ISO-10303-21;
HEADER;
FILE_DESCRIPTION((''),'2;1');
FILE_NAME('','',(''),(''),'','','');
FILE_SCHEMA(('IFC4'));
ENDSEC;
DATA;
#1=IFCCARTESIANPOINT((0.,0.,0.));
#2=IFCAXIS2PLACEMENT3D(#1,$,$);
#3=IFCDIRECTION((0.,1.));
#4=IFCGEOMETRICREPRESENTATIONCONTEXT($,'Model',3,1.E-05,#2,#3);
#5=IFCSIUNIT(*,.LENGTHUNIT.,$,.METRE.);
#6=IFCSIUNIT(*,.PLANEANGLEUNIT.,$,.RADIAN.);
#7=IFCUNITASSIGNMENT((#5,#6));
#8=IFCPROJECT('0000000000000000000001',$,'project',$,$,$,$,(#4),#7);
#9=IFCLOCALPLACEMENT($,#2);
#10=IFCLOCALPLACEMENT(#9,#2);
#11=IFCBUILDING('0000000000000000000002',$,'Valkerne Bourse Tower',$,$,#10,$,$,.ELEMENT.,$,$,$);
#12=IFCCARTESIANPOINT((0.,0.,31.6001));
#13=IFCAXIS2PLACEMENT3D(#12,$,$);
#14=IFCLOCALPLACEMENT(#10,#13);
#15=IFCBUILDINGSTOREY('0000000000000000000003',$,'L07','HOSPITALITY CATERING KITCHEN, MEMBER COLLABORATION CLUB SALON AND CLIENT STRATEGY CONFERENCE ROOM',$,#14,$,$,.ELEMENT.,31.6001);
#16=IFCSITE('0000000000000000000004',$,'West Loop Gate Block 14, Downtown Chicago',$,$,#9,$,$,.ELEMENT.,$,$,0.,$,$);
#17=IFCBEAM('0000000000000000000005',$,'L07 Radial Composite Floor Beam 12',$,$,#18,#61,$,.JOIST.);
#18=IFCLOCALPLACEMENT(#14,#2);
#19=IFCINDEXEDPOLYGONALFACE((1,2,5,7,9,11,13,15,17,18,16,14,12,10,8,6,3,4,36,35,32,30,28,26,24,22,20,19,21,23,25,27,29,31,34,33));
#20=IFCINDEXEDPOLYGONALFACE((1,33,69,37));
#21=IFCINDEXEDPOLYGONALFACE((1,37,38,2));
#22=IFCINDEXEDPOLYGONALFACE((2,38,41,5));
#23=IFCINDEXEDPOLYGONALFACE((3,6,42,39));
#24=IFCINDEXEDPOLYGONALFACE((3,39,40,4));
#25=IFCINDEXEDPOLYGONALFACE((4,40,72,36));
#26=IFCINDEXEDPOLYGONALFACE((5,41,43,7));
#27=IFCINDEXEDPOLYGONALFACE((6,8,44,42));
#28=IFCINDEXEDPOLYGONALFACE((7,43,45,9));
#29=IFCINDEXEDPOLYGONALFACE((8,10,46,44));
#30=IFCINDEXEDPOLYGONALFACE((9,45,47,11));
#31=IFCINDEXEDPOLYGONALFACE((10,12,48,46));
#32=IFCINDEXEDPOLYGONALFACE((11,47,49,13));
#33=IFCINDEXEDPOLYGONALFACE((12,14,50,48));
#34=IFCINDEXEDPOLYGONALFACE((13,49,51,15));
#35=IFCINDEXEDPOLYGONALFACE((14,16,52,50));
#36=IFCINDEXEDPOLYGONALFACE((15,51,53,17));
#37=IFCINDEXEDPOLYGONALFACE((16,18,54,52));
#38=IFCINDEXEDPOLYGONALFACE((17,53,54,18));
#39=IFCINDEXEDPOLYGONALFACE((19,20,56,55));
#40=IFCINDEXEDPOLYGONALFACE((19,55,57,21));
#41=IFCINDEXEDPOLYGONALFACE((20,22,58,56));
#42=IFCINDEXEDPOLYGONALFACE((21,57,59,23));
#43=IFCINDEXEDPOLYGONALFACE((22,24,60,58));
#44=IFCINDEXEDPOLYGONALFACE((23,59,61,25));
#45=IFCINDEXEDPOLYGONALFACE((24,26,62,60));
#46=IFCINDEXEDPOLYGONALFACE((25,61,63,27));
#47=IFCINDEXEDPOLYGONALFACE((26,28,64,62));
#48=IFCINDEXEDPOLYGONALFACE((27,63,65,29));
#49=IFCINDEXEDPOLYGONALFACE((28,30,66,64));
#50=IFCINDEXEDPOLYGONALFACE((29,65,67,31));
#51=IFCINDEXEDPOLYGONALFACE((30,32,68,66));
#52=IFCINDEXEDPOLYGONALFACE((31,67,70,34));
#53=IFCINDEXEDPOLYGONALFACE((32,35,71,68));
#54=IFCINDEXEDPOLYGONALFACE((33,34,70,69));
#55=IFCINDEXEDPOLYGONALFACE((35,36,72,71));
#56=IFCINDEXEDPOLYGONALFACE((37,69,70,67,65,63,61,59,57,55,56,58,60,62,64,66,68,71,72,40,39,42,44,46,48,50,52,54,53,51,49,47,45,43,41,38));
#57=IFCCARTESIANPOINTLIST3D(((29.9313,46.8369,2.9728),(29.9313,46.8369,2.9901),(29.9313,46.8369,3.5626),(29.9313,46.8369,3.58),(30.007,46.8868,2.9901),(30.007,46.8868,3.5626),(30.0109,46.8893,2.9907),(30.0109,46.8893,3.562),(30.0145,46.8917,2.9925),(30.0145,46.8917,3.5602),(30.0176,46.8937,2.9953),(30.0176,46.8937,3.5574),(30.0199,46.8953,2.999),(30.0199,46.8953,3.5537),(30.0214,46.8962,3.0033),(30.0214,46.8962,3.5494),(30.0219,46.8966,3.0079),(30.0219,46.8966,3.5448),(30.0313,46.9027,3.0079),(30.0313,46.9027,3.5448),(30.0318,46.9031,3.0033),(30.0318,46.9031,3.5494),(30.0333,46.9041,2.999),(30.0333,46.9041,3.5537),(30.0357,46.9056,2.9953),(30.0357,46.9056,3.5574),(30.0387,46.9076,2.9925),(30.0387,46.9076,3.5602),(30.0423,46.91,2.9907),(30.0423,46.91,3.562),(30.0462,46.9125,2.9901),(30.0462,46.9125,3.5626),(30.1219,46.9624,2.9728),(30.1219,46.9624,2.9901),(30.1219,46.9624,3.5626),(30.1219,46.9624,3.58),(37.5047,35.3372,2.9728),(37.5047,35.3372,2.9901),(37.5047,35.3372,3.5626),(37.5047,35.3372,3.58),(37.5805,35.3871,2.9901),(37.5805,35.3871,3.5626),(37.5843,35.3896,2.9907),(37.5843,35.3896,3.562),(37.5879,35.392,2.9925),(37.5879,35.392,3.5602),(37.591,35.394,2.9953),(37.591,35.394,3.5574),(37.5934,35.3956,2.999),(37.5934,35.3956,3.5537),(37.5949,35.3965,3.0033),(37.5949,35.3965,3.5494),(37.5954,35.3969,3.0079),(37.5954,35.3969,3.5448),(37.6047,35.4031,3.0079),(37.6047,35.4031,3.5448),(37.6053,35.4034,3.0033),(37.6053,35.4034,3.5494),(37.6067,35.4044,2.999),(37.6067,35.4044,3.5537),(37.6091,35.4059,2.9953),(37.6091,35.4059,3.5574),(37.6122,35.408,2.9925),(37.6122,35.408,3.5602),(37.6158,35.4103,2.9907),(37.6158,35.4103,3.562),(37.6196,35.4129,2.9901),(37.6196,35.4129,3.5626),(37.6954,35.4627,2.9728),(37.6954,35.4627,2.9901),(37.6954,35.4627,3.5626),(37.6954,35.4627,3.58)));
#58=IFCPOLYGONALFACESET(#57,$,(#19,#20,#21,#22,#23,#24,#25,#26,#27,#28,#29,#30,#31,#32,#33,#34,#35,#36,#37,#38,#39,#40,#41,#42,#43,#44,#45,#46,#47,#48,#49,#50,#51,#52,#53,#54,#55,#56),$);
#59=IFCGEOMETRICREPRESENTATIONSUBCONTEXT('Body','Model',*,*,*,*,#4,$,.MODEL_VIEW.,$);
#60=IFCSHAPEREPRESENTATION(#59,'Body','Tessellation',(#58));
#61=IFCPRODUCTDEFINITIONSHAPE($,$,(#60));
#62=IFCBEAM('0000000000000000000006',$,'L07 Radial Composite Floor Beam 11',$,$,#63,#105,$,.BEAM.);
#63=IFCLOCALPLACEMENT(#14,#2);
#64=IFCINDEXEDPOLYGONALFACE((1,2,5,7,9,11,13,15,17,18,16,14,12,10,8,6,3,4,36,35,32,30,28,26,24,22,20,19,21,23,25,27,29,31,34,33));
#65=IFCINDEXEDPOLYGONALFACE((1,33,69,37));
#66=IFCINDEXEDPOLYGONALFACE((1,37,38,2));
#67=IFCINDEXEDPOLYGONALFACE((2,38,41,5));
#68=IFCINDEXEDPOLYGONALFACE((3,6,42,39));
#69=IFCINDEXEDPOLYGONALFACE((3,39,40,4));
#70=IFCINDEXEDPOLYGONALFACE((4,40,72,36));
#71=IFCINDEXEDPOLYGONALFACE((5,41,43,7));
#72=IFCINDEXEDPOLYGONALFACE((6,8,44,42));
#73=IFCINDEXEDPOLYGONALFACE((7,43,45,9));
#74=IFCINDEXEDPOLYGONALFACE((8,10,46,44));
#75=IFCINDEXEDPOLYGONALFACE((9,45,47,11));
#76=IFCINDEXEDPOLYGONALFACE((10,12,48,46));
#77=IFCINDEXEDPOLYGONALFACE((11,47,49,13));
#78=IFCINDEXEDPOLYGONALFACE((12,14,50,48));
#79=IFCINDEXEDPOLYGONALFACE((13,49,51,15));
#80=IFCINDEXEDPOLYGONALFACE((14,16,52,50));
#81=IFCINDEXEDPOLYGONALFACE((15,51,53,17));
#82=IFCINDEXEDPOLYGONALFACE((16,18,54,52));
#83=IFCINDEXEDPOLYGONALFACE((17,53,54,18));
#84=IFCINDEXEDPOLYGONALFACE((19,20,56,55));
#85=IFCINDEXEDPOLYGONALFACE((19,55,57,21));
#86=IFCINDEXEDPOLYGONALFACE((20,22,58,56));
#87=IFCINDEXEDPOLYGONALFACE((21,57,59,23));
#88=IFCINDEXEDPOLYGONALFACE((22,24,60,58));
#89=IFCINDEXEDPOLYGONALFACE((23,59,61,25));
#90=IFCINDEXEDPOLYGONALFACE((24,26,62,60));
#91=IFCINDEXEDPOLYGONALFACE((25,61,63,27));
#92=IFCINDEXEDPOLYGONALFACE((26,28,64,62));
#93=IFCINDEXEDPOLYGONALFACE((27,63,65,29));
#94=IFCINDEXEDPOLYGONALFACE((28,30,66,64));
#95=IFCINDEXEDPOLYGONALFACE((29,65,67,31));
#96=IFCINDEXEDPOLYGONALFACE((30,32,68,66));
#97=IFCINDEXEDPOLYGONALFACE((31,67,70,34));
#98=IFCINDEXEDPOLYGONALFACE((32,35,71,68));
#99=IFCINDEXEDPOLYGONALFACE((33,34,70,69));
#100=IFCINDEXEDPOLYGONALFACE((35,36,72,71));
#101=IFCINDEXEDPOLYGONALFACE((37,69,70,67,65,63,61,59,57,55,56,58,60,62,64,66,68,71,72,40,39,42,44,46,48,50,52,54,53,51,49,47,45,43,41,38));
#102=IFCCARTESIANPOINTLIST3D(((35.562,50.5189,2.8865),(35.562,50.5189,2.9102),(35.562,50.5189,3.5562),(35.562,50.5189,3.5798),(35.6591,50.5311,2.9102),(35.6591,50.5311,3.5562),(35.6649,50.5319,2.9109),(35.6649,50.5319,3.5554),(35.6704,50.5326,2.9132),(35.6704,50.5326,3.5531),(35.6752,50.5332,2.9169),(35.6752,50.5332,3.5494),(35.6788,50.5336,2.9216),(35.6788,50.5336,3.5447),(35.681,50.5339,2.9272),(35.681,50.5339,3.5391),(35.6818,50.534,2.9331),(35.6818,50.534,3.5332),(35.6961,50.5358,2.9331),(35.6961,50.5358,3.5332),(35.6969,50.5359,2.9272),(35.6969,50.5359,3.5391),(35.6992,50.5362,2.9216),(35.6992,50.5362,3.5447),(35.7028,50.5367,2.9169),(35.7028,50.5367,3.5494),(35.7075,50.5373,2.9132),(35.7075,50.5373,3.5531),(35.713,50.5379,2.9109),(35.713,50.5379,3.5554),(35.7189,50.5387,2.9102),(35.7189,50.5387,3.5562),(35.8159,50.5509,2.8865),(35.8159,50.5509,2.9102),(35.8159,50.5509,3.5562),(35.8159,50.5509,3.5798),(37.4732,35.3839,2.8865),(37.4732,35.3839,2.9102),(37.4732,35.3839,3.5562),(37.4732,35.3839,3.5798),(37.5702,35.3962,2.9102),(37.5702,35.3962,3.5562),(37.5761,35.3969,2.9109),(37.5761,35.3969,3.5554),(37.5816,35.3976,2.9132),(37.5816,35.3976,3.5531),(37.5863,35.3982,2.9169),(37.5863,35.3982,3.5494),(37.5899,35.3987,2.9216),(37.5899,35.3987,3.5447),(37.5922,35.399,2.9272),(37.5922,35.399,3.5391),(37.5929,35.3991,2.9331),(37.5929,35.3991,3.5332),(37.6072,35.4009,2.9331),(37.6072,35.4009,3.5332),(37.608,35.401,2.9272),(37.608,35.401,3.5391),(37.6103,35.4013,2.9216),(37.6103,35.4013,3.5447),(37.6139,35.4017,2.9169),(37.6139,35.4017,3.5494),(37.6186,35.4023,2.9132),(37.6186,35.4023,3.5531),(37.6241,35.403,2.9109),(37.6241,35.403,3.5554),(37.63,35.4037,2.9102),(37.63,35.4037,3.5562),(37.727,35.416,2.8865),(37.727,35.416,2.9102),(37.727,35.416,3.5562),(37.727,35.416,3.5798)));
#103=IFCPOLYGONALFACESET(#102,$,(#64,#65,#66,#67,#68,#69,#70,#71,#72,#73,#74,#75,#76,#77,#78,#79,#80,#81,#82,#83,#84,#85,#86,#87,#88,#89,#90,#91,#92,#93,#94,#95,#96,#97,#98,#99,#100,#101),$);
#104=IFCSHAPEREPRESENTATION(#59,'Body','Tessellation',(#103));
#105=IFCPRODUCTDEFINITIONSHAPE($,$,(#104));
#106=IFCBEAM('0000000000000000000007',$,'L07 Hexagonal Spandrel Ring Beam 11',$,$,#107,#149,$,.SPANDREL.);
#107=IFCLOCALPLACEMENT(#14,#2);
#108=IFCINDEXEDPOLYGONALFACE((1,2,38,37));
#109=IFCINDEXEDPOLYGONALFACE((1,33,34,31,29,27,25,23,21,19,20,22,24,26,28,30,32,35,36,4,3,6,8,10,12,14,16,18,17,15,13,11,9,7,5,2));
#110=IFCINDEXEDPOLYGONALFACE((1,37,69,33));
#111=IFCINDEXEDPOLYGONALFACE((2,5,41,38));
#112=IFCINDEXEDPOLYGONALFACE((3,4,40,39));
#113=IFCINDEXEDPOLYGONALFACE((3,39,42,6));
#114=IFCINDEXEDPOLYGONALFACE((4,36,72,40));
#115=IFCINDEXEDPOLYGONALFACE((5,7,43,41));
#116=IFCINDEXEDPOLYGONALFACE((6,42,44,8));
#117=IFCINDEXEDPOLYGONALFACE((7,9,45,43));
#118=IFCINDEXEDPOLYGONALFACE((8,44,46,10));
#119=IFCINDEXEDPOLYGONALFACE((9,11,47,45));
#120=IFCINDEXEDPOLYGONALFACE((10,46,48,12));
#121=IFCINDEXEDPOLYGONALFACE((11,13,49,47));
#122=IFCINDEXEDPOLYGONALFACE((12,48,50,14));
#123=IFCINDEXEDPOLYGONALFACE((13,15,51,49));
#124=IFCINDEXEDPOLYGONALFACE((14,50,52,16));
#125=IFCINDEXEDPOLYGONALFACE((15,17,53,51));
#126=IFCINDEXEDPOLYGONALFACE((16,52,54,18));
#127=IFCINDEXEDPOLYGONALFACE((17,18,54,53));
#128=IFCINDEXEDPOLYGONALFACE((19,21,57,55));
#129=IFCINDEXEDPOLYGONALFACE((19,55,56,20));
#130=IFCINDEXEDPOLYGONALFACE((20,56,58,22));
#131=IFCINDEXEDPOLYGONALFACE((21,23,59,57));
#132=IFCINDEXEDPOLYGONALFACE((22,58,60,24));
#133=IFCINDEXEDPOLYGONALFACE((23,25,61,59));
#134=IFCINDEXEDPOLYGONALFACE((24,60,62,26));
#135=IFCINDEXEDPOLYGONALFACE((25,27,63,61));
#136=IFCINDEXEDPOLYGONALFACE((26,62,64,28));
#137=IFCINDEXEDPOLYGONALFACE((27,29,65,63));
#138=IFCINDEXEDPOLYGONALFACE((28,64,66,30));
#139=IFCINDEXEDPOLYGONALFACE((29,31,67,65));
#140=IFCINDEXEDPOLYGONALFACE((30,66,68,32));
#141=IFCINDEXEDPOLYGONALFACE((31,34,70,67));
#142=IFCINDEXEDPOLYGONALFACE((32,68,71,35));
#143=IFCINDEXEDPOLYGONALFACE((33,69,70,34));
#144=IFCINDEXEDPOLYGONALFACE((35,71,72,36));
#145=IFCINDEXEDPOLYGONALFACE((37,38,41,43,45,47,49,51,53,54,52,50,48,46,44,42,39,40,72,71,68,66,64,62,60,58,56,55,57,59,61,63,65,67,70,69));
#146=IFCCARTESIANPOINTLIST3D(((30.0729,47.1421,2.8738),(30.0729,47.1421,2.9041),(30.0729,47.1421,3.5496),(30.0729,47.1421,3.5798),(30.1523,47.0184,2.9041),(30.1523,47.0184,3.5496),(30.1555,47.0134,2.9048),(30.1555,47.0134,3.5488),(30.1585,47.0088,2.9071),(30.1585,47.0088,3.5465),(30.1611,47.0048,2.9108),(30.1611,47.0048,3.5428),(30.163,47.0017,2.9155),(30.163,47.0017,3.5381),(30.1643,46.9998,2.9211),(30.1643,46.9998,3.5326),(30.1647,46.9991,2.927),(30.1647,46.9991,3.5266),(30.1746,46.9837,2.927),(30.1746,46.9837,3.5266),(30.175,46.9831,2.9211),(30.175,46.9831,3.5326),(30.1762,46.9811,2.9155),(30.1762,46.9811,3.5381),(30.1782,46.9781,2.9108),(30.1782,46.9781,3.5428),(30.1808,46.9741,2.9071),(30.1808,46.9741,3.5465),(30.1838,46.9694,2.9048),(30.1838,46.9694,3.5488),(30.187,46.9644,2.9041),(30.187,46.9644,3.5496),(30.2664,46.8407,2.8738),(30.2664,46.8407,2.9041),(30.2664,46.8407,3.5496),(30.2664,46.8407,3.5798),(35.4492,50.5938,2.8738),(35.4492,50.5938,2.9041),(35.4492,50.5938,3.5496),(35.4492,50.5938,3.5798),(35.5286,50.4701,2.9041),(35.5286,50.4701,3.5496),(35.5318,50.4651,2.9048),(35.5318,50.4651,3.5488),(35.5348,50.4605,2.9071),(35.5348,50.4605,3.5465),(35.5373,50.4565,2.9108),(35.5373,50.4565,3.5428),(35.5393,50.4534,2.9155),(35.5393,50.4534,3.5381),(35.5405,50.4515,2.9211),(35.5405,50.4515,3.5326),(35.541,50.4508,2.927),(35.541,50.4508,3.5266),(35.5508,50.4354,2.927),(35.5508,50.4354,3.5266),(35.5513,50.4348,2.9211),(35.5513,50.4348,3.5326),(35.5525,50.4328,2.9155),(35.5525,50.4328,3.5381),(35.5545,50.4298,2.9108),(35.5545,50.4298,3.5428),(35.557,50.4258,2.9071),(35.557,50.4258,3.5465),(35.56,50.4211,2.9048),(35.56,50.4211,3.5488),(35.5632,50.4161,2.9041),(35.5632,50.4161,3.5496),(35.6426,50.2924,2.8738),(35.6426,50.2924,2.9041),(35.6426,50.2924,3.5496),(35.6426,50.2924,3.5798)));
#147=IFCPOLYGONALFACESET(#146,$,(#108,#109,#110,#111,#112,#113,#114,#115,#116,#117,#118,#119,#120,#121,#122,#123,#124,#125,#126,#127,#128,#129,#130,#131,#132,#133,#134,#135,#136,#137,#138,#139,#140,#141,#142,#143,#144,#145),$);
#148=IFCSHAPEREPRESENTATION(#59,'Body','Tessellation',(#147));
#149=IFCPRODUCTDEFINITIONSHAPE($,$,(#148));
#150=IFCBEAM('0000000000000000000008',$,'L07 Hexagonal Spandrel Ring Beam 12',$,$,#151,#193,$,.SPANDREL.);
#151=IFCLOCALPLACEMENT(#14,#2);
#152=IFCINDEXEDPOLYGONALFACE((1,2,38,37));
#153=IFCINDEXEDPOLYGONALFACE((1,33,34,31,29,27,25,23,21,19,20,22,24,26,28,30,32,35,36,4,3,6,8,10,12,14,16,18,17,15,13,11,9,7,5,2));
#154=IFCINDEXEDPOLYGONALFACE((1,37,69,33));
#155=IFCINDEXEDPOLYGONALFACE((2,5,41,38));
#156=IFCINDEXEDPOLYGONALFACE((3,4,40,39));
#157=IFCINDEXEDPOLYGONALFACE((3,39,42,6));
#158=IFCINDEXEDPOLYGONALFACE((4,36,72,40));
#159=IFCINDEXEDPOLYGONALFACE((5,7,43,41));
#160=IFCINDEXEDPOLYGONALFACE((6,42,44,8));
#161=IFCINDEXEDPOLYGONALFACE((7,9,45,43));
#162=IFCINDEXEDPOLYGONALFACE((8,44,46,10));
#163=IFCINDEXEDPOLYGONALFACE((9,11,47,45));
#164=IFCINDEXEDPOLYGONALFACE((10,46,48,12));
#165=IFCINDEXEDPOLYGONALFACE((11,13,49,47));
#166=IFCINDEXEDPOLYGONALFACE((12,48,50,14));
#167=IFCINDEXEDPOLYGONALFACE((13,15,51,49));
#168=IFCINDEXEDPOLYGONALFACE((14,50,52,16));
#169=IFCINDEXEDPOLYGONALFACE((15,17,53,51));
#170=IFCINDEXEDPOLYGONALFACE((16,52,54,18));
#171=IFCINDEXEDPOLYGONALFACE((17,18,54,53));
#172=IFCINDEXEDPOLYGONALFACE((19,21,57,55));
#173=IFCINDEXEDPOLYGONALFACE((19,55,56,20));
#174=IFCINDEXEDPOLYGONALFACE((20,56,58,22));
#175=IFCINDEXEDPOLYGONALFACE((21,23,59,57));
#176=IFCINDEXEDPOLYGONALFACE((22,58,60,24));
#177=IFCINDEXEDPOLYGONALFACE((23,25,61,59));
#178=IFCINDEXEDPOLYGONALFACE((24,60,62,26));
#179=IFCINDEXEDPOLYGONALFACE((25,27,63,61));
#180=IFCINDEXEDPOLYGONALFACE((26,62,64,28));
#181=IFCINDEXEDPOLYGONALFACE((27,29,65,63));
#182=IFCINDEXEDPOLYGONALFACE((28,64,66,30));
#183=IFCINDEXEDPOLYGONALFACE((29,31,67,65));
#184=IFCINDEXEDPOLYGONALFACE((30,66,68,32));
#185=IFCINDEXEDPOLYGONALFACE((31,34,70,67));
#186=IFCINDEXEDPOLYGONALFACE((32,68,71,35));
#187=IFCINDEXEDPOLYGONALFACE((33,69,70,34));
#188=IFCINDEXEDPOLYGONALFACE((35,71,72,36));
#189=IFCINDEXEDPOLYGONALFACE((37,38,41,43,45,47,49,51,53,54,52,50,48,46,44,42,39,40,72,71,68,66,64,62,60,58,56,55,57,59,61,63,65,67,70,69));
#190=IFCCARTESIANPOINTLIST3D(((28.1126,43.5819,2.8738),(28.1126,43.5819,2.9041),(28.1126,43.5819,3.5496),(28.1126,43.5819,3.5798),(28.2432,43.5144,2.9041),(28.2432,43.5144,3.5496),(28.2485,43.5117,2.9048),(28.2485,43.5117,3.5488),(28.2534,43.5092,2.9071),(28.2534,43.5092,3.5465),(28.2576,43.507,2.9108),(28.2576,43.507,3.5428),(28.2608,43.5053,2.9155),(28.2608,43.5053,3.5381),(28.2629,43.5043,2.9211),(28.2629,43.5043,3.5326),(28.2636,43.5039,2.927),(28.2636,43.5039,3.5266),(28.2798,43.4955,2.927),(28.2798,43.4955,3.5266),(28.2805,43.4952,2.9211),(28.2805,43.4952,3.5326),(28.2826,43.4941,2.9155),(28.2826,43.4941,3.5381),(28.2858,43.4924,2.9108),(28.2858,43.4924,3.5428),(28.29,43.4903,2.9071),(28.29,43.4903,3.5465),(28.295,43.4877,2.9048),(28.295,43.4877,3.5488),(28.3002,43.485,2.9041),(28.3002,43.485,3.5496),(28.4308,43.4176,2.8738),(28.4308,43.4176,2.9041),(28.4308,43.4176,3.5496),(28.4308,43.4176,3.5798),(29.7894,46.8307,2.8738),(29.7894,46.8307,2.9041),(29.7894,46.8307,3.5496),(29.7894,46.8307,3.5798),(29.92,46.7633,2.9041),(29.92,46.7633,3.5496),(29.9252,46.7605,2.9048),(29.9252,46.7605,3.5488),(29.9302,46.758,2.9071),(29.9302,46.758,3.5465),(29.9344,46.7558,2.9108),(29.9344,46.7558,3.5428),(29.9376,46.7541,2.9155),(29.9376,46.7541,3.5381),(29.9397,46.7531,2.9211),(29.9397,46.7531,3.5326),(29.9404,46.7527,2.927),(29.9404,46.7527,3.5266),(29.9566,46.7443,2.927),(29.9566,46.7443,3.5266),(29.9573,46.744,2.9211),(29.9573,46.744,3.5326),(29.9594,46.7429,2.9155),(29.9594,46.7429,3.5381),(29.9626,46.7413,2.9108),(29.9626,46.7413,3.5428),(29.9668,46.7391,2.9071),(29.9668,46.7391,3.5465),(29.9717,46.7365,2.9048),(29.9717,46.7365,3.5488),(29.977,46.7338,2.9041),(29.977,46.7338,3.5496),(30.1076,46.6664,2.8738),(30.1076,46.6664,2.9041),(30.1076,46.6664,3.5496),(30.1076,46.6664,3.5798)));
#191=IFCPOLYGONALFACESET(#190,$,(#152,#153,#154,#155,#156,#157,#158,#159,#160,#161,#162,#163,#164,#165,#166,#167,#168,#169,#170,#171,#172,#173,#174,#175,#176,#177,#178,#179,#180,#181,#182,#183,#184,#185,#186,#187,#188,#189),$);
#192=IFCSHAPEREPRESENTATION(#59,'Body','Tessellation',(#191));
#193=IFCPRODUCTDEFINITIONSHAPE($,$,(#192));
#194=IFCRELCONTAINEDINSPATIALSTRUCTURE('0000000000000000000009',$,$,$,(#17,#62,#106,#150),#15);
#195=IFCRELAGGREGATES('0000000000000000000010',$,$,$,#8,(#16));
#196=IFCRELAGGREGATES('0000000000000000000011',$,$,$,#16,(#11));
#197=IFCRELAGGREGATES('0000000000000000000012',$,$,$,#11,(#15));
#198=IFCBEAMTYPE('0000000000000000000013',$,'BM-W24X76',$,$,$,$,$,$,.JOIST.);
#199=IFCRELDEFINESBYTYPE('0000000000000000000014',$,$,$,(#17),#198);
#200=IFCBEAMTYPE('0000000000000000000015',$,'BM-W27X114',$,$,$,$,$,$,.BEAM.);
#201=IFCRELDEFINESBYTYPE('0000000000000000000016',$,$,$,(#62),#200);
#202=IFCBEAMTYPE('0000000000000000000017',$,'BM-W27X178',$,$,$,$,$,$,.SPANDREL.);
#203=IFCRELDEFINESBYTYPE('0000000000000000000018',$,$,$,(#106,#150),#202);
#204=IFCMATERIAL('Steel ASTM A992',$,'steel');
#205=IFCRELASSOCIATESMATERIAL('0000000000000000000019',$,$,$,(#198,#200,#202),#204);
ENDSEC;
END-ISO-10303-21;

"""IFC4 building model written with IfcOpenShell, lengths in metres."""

from ifc_helpers import new_model, si_unit, direction, frame, origin, origin_2d, place, context, subcontext, project, spatial, i_section, extrude, material, material_profile, profile_set, type_object, element, save


model = new_model("IFC4")

# Units and contexts
model_context = context("Model", 3, precision=1e-05, world=origin(), true_north=direction((0.0, 1.0)))
body_context = subcontext(model_context, "Body", "Model", "MODEL_VIEW")
ifc_project = project(units=[si_unit("LENGTHUNIT", "METRE"), si_unit("PLANEANGLEUNIT", "RADIAN")], contexts=[model_context])

# Site, building, storey
site_placement = place(None, origin())
site = spatial("IfcSite", under=ifc_project, at=site_placement, Name="West Loop Gate Block 14, Downtown Chicago", CompositionType="ELEMENT", RefElevation=0.0)
building_placement = place(site_placement, origin())
building = spatial("IfcBuilding", under=site, at=building_placement, Name="Valkerne Bourse Tower", CompositionType="ELEMENT")
storey_placement = place(building_placement, frame((0.0, 0.0, 31.6001)))
storey = spatial("IfcBuildingStorey", under=building, at=storey_placement, Name="L07", Description="HOSPITALITY CATERING KITCHEN, MEMBER COLLABORATION CLUB SALON AND CLIENT STRATEGY CONFERENCE ROOM", CompositionType="ELEMENT", Elevation=31.6001)

# Beams
ifc_material_1 = material(Name="Steel ASTM A992", Category="steel")
ifc_material_profile_1 = material_profile(ifc_material_1, i_section(OverallWidth=0.2283, OverallDepth=0.6072, WebThickness=0.0112, FlangeThickness=0.0173, FilletRadius=0.0178, at=origin_2d()), Name="W24X76")
ifc_profile_set_1 = profile_set([ifc_material_profile_1], Name="Steel ASTM A992")
beam_type_1 = type_object("IfcBeamType", Name="BM-W24X76", PredefinedType="JOIST", material=ifc_profile_set_1)
beam_1_placement = place(storey_placement, frame((30.0266, 46.8997, 3.2764), z_axis=(0.550015, -0.835155, 0.0), x_axis=(0.835155, 0.550015, 0.0)))
element("IfcBeam", 1, at=beam_1_placement, inside=storey, type_object=beam_type_1, Name="L07 Radial Composite Floor Beam 12", PredefinedType="JOIST", context=body_context, shape_type="SweptSolid", body=[
    extrude(i_section(OverallWidth=0.2283, OverallDepth=0.6072, WebThickness=0.0112, FlangeThickness=0.0173, FilletRadius=0.0178, at=origin_2d()), origin(), (0.0, 0.0, 1.0), 13.7695),
])
ifc_material_profile_2 = material_profile(ifc_material_1, i_section(OverallWidth=0.2559, OverallDepth=0.6934, WebThickness=0.0144, FlangeThickness=0.0237, FilletRadius=0.0229, at=origin_2d()), Name="W27X114")
ifc_profile_set_2 = profile_set([ifc_material_profile_2], Name="Steel ASTM A992")
beam_type_2 = type_object("IfcBeamType", Name="BM-W27X114", PredefinedType="BEAM", material=ifc_profile_set_2)
beam_2_placement = place(storey_placement, frame((35.689, 50.5349, 3.2332), z_axis=(0.125278, -0.992122, 0.0), x_axis=(0.992122, 0.125278, 0.0)))
element("IfcBeam", 2, at=beam_2_placement, inside=storey, type_object=beam_type_2, Name="L07 Radial Composite Floor Beam 11", PredefinedType="BEAM", context=body_context, shape_type="SweptSolid", body=[
    extrude(i_section(OverallWidth=0.2559, OverallDepth=0.6934, WebThickness=0.0144, FlangeThickness=0.0237, FilletRadius=0.0229, at=origin_2d()), origin(), (0.0, 0.0, 1.0), 15.2551),
])
ifc_material_profile_3 = material_profile(ifc_material_1, i_section(OverallWidth=0.3582, OverallDepth=0.7061, WebThickness=0.0183, FlangeThickness=0.0303, FilletRadius=0.0229, at=origin_2d()), Name="W27X178")
ifc_profile_set_3 = profile_set([ifc_material_profile_3], Name="Steel ASTM A992")
beam_type_3 = type_object("IfcBeamType", Name="BM-W27X178", PredefinedType="SPANDREL", material=ifc_profile_set_3)
beam_3_placement = place(storey_placement, frame((35.5459, 50.4431, 3.2268), z_axis=(-0.841497, -0.540261, 0.0), x_axis=(0.540261, -0.841497, 0.0)))
element("IfcBeam", 3, at=beam_3_placement, inside=storey, type_object=beam_type_3, Name="L07 Hexagonal Spandrel Ring Beam 11", PredefinedType="SPANDREL", context=body_context, shape_type="SweptSolid", body=[
    extrude(i_section(OverallWidth=0.3582, OverallDepth=0.7061, WebThickness=0.0183, FlangeThickness=0.0303, FilletRadius=0.0229, at=origin_2d()), origin(), (0.0, 0.0, 1.0), 6.3889),
])
beam_4_placement = place(storey_placement, frame((29.9485, 46.7485, 3.2268), z_axis=(-0.458636, -0.888624, 0.0), x_axis=(0.888624, -0.458636, 0.0)))
element("IfcBeam", 4, at=beam_4_placement, inside=storey, type_object=beam_type_3, Name="L07 Hexagonal Spandrel Ring Beam 12", PredefinedType="SPANDREL", context=body_context, shape_type="SweptSolid", body=[
    extrude(i_section(OverallWidth=0.3582, OverallDepth=0.7061, WebThickness=0.0183, FlangeThickness=0.0303, FilletRadius=0.0229, at=origin_2d()), origin(), (0.0, 0.0, 1.0), 3.656),
])

save(model, "model.ifc")
